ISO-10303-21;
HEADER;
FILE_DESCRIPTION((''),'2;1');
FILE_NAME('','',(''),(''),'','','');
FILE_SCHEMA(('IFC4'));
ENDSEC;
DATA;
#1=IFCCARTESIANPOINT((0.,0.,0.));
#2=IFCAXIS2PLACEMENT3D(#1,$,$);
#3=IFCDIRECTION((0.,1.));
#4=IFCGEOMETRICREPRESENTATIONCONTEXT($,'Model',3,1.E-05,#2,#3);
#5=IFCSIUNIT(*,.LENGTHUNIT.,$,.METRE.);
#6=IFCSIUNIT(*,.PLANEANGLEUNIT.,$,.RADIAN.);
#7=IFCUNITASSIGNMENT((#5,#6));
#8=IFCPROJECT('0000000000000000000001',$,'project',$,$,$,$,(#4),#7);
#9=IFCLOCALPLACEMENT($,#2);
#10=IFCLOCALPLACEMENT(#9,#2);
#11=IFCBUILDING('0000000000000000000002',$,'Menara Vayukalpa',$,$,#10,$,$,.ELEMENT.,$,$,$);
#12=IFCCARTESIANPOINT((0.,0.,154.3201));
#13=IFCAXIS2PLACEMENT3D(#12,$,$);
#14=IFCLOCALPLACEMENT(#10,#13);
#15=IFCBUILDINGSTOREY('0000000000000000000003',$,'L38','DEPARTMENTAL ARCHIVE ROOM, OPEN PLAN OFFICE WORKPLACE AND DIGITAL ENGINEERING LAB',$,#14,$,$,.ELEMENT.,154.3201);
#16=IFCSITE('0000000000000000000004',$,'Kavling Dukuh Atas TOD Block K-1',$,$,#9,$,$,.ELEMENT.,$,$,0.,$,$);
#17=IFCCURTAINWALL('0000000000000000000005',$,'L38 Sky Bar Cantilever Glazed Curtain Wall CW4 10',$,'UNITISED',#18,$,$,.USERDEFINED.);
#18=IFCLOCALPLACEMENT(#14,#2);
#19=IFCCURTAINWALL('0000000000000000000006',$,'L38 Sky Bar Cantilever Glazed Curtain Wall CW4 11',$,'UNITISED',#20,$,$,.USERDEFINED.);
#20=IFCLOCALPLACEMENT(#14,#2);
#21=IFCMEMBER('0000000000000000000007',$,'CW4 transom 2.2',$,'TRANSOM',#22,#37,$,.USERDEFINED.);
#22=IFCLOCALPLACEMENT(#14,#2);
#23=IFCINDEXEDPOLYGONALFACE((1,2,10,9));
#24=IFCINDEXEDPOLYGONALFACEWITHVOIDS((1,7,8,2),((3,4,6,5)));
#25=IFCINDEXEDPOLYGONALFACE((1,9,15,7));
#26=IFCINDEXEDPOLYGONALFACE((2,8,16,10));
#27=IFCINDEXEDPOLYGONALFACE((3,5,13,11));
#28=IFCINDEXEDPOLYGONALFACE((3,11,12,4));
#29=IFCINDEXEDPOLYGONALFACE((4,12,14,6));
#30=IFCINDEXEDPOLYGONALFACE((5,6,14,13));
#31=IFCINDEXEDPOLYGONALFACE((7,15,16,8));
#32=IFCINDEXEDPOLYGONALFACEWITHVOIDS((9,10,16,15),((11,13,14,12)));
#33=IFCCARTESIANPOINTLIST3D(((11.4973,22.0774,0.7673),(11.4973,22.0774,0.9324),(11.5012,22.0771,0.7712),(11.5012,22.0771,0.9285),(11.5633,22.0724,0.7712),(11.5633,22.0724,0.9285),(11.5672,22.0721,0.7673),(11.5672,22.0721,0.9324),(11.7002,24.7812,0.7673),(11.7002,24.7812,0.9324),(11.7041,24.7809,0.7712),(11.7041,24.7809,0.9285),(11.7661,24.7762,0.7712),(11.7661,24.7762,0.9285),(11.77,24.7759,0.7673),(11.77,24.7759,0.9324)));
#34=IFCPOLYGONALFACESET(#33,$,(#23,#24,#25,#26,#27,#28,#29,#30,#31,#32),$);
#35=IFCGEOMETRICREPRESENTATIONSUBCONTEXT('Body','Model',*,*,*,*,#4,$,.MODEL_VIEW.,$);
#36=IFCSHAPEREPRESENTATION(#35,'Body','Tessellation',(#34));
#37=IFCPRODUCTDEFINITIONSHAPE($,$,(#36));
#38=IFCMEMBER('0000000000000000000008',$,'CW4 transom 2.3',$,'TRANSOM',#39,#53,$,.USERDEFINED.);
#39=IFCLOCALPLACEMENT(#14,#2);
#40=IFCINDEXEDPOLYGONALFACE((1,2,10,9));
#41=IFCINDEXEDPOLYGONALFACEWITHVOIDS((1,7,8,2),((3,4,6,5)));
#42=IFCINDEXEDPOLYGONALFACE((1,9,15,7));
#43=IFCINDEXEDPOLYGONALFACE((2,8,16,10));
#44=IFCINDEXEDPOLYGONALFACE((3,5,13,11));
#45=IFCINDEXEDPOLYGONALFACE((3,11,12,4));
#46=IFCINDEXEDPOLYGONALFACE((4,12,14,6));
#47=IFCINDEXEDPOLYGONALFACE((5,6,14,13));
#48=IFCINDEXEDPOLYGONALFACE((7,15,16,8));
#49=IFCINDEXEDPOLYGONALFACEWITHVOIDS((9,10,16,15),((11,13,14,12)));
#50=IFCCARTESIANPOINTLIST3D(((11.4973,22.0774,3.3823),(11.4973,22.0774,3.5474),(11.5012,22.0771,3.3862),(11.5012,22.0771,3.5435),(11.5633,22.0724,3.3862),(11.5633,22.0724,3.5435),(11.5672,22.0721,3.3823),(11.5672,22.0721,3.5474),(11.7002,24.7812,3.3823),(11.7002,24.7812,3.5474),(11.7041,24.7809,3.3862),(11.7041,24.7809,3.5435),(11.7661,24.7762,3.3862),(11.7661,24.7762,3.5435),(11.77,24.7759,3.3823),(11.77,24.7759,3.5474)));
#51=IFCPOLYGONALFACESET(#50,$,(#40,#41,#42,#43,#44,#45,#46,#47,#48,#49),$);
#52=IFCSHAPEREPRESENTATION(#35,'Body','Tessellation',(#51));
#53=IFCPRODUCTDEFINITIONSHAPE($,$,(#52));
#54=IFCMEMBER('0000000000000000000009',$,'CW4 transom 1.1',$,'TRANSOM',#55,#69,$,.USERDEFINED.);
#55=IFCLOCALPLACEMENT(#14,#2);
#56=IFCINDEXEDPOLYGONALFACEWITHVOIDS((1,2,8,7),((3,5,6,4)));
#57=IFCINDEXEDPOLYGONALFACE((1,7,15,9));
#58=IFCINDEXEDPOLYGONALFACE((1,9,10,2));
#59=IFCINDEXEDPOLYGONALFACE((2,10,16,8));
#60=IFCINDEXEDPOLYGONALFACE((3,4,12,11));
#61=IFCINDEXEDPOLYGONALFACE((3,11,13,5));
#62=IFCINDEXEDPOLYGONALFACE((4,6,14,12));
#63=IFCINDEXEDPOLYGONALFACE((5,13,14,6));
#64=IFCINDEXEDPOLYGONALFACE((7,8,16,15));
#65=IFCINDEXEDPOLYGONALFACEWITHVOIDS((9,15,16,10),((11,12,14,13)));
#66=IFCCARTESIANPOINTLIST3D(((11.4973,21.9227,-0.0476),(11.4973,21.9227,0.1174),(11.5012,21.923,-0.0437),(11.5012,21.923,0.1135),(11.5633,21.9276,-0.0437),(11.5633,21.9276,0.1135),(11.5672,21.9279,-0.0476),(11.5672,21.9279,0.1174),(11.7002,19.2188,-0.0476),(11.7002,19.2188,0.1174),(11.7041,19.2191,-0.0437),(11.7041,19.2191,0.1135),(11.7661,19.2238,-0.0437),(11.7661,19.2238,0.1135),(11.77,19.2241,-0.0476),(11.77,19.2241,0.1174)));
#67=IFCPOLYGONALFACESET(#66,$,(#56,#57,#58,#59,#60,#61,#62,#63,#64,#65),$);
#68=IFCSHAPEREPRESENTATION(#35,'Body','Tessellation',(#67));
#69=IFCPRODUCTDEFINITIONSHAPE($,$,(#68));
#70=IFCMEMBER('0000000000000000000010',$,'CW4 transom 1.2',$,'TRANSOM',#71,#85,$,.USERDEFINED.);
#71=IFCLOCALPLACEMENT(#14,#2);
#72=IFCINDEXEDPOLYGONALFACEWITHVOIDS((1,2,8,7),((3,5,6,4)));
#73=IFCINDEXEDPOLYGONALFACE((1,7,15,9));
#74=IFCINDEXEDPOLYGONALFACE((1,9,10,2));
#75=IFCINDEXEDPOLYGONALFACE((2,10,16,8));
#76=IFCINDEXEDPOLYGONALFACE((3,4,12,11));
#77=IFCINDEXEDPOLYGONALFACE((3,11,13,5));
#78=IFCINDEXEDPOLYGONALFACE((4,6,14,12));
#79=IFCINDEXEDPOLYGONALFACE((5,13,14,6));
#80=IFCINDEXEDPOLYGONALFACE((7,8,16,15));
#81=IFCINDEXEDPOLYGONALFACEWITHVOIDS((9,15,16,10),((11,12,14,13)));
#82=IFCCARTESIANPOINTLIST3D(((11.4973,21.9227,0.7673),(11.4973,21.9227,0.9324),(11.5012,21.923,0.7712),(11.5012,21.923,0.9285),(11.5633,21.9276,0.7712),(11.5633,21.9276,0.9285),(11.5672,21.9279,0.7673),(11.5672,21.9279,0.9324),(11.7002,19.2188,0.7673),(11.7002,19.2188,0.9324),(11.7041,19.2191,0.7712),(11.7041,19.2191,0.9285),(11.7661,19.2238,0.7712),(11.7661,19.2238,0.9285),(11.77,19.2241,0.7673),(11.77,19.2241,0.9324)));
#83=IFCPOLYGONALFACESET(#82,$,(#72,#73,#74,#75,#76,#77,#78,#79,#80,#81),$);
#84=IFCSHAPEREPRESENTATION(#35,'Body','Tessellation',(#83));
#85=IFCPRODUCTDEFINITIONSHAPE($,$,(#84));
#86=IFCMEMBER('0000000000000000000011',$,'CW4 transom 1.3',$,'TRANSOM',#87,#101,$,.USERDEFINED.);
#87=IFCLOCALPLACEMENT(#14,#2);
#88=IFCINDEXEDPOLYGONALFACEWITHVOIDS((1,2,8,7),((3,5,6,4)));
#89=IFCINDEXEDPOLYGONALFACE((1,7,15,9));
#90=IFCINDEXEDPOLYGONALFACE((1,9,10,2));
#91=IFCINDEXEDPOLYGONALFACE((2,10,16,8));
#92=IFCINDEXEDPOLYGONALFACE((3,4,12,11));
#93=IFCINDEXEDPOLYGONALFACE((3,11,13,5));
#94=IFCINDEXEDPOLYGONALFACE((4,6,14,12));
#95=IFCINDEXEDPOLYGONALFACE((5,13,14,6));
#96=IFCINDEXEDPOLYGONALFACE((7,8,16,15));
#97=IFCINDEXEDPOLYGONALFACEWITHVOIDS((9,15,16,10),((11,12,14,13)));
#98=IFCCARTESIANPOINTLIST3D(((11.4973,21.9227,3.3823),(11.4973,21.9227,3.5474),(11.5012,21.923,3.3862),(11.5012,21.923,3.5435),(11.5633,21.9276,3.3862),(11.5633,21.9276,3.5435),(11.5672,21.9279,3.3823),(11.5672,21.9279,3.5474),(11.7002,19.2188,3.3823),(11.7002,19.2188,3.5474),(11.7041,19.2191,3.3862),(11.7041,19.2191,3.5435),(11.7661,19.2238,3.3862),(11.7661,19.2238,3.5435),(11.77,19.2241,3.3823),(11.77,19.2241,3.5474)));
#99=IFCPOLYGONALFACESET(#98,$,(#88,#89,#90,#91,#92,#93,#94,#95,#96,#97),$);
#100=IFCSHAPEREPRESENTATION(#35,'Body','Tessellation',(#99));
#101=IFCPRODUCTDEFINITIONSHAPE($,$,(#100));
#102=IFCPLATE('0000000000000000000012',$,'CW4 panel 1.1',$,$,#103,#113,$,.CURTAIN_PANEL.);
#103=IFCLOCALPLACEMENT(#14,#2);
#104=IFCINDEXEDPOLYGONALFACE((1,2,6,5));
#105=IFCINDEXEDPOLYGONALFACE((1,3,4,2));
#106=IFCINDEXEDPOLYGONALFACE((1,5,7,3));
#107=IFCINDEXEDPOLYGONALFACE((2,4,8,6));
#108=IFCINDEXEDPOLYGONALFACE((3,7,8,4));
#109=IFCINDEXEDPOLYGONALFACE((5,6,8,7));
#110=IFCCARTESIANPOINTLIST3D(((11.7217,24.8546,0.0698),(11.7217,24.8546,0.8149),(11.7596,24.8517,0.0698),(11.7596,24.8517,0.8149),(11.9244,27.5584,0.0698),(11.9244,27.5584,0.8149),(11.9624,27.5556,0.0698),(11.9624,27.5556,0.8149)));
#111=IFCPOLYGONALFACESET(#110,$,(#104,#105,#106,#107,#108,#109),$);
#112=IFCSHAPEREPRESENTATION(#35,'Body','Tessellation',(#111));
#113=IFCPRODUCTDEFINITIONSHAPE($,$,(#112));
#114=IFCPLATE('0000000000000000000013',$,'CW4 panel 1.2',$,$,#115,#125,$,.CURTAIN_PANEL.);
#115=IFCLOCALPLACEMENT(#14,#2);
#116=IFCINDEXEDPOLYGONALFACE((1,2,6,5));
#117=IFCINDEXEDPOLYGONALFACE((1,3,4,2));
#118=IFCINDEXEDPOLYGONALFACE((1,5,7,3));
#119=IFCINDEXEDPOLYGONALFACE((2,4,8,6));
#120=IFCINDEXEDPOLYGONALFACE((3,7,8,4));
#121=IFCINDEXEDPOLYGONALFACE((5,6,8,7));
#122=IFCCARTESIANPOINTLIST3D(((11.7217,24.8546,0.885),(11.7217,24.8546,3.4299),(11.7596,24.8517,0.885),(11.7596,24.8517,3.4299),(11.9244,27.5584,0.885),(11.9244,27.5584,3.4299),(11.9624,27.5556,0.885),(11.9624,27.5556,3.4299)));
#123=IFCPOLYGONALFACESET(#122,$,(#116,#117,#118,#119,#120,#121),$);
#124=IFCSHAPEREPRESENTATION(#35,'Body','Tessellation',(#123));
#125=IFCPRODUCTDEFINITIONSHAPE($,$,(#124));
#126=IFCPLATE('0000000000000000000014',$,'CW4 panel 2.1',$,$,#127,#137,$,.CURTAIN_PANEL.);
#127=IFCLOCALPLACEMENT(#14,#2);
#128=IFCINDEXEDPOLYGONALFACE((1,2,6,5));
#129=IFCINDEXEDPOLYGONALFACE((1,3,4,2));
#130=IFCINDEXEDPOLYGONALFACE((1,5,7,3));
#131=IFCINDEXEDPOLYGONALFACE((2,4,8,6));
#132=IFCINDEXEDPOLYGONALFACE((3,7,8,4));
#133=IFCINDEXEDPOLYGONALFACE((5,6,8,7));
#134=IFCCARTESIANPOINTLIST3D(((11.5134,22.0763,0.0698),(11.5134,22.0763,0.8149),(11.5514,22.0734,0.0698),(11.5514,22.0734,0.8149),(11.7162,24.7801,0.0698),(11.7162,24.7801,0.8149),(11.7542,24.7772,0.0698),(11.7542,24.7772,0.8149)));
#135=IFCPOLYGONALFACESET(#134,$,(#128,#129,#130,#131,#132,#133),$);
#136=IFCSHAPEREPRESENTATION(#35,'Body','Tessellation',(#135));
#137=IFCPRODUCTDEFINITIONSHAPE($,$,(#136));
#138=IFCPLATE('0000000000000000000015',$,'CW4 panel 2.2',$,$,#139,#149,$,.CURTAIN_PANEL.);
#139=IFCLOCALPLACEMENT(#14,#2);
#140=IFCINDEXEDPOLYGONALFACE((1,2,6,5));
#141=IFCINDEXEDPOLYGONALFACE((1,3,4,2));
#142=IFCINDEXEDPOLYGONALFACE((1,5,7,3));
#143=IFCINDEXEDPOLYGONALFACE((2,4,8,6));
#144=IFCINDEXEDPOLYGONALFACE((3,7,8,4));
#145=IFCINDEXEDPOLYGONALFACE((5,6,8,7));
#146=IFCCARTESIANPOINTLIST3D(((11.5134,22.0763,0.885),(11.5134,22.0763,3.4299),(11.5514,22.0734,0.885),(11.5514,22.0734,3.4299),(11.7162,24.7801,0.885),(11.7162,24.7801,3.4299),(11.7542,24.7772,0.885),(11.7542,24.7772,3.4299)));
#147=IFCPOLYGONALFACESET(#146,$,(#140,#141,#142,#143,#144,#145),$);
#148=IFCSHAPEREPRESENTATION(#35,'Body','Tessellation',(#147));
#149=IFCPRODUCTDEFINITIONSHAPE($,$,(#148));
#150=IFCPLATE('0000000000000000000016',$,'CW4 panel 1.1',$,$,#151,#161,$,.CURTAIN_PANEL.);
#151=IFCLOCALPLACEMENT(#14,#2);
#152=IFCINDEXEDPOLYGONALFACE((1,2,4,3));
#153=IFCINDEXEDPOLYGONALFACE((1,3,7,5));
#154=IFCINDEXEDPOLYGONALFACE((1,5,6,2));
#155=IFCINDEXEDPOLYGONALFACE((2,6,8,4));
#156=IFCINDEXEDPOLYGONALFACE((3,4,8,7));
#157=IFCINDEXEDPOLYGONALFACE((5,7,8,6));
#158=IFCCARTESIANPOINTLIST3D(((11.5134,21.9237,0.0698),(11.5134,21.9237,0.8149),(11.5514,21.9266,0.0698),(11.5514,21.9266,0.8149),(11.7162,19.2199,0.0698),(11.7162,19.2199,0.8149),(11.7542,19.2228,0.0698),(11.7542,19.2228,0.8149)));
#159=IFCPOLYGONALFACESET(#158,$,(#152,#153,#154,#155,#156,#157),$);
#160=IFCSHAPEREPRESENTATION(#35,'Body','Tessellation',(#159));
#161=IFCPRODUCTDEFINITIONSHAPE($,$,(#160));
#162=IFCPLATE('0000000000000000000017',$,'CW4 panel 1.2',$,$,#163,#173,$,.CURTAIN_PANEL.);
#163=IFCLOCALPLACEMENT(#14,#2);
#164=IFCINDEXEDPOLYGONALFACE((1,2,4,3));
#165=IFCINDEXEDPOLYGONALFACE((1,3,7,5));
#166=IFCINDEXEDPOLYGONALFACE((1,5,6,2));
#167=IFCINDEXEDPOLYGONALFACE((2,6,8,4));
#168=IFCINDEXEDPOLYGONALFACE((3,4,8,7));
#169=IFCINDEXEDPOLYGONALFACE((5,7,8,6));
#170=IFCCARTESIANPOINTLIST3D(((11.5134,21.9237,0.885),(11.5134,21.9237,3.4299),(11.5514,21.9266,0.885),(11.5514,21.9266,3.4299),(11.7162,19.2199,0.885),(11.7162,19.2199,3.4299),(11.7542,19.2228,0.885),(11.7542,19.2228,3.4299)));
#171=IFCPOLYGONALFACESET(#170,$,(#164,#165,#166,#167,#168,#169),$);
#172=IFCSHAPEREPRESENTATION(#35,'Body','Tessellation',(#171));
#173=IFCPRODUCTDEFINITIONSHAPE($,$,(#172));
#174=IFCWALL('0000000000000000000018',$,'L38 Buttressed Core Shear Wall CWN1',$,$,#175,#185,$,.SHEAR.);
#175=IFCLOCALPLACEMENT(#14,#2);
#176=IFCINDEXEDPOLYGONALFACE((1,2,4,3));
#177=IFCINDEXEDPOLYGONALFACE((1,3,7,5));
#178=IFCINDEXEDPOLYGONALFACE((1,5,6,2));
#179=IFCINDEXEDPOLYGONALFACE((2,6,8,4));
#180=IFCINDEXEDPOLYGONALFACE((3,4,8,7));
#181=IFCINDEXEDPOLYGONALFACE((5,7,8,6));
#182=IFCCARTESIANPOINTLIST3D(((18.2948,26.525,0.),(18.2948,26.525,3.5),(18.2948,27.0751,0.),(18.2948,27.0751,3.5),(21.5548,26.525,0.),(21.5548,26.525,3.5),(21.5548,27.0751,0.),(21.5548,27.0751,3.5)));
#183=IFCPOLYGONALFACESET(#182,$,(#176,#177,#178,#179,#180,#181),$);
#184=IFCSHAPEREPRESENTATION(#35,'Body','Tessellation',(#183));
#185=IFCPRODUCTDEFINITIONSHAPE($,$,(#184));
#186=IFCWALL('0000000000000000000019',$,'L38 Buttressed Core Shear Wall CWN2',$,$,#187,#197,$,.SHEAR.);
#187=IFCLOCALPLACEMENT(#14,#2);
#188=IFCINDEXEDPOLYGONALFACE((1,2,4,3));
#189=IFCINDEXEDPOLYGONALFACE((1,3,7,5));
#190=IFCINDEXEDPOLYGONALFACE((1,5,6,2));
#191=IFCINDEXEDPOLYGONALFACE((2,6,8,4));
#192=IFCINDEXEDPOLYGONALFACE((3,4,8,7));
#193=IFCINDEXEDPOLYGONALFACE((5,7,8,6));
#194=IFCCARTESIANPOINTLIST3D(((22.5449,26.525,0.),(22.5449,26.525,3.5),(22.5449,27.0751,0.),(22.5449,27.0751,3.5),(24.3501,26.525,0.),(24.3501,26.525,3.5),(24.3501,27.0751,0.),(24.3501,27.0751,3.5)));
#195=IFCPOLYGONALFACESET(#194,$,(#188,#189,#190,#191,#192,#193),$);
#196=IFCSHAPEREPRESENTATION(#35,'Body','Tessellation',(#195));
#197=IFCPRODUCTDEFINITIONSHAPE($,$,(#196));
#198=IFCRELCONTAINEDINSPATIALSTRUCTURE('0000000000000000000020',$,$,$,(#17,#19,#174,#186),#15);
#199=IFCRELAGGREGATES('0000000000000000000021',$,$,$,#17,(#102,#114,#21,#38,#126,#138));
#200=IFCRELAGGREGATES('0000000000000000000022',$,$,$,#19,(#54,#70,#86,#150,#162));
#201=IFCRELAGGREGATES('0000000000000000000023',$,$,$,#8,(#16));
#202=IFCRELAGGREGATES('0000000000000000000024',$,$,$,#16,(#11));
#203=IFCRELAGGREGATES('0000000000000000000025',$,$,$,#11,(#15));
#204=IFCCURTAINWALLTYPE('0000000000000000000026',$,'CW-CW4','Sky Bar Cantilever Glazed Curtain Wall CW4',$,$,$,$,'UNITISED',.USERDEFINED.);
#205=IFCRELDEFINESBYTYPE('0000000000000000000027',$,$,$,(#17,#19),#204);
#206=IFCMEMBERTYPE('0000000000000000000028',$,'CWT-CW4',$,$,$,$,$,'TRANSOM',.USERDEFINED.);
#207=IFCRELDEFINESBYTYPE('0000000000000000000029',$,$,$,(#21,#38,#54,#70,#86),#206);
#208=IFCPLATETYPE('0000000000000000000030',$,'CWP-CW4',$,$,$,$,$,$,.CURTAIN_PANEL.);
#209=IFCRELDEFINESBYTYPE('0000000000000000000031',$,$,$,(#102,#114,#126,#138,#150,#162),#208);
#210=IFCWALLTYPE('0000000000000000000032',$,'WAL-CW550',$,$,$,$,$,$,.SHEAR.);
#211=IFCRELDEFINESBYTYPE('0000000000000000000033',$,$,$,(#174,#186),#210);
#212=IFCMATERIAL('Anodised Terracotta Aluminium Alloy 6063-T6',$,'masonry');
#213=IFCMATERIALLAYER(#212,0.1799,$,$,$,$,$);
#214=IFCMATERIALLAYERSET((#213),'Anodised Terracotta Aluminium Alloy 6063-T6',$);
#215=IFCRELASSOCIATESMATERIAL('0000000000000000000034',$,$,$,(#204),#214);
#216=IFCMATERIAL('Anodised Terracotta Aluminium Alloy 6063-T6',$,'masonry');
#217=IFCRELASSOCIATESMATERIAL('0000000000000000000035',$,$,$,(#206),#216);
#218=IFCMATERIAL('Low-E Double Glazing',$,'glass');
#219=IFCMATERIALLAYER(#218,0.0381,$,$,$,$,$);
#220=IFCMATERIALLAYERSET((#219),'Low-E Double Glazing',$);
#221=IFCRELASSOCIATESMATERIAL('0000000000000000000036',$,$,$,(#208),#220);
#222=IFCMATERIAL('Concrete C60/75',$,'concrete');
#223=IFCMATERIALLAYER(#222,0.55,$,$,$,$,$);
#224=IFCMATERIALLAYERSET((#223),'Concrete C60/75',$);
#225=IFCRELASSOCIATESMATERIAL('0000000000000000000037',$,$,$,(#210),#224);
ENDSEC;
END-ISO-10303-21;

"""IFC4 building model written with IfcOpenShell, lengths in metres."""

from ifc_helpers import new_model, si_unit, direction, frame, frame_2d, origin, origin_2d, place, context, subcontext, project, spatial, rectangle, hollow_rectangle, extrude, material, layer, layer_set, material_profile, profile_set, type_object, element, aggregate, save


model = new_model("IFC4")

# Units and contexts
model_context = context("Model", 3, precision=1e-05, world=origin(), true_north=direction((0.0, 1.0)))
body_context = subcontext(model_context, "Body", "Model", "MODEL_VIEW")
ifc_project = project(units=[si_unit("LENGTHUNIT", "METRE"), si_unit("PLANEANGLEUNIT", "RADIAN")], contexts=[model_context])

# Site, building, storey
site_placement = place(None, origin())
site = spatial("IfcSite", under=ifc_project, at=site_placement, Name="Kavling Dukuh Atas TOD Block K-1", CompositionType="ELEMENT", RefElevation=0.0)
building_placement = place(site_placement, origin())
building = spatial("IfcBuilding", under=site, at=building_placement, Name="Menara Vayukalpa", CompositionType="ELEMENT")
storey_placement = place(building_placement, frame((0.0, 0.0, 154.3201)))
storey = spatial("IfcBuildingStorey", under=building, at=storey_placement, Name="L38", Description="DEPARTMENTAL ARCHIVE ROOM, OPEN PLAN OFFICE WORKPLACE AND DIGITAL ENGINEERING LAB", CompositionType="ELEMENT", Elevation=154.3201)

# Curtain wall
ifc_material_1 = material(Name="Anodised Terracotta Aluminium Alloy 6063-T6", Category="masonry")
ifc_layer_1 = layer(ifc_material_1, 0.1799)
ifc_layer_set_1 = layer_set([ifc_layer_1], Name="Anodised Terracotta Aluminium Alloy 6063-T6")
curtain_wall_type = type_object("IfcCurtainWallType", Name="CW-CW4", Description="Sky Bar Cantilever Glazed Curtain Wall CW4", ElementType="UNITISED", PredefinedType="USERDEFINED", material=ifc_layer_set_1)
curtain_wall_1_placement = place(storey_placement, origin())
curtain_wall_1 = element("IfcCurtainWall", 1, at=curtain_wall_1_placement, inside=storey, type_object=curtain_wall_type, Name="L38 Sky Bar Cantilever Glazed Curtain Wall CW4 10", ObjectType="UNITISED", PredefinedType="USERDEFINED")

# Curtain wall
curtain_wall_2_placement = place(storey_placement, origin())
curtain_wall_2 = element("IfcCurtainWall", 2, at=curtain_wall_2_placement, inside=storey, type_object=curtain_wall_type, Name="L38 Sky Bar Cantilever Glazed Curtain Wall CW4 11", ObjectType="UNITISED", PredefinedType="USERDEFINED")

# Members
ifc_material_2 = material(Name="Anodised Terracotta Aluminium Alloy 6063-T6", Category="masonry")
ifc_material_profile_1 = material_profile(ifc_material_2, hollow_rectangle(XDim=0.0701, YDim=0.165, WallThickness=0.0039, at=origin_2d()), Name="ALU 70x165x4")
ifc_profile_set_1 = profile_set([ifc_material_profile_1], Name="Anodised Terracotta Aluminium Alloy 6063-T6")
member_type_1 = type_object("IfcMemberType", Name="CWT-CW4", ElementType="TRANSOM", PredefinedType="USERDEFINED", material=ifc_profile_set_1)
member_1_placement = place(storey_placement, frame((11.7351, 24.7786, 0.8499), z_axis=(-0.074824, -0.997197, 0.0), x_axis=(0.997197, -0.074824, 0.0)))
member_1 = element("IfcMember", 3, at=member_1_placement, type_object=member_type_1, Name="CW4 transom 2.2", ObjectType="TRANSOM", PredefinedType="USERDEFINED", context=body_context, shape_type="SweptSolid", body=[
    extrude(hollow_rectangle(XDim=0.0701, YDim=0.165, WallThickness=0.0039, at=origin_2d()), origin(), (0.0, 0.0, 1.0), 2.7114),
])
member_2_placement = place(storey_placement, frame((11.7351, 24.7786, 3.4648), z_axis=(-0.074824, -0.997197, 0.0), x_axis=(0.997197, -0.074824, 0.0)))
member_2 = element("IfcMember", 4, at=member_2_placement, type_object=member_type_1, Name="CW4 transom 2.3", ObjectType="TRANSOM", PredefinedType="USERDEFINED", context=body_context, shape_type="SweptSolid", body=[
    extrude(hollow_rectangle(XDim=0.0701, YDim=0.165, WallThickness=0.0039, at=origin_2d()), origin(), (0.0, 0.0, 1.0), 2.7114),
])
member_3_placement = place(storey_placement, frame((11.5322, 21.9253, 0.0349), z_axis=(0.074824, -0.997197, 0.0), x_axis=(0.997197, 0.074824, 0.0)))
member_3 = element("IfcMember", 5, at=member_3_placement, type_object=member_type_1, Name="CW4 transom 1.1", ObjectType="TRANSOM", PredefinedType="USERDEFINED", context=body_context, shape_type="SweptSolid", body=[
    extrude(hollow_rectangle(XDim=0.0701, YDim=0.165, WallThickness=0.0039, at=origin_2d()), origin(), (0.0, 0.0, 1.0), 2.7114),
])
member_4_placement = place(storey_placement, frame((11.5322, 21.9253, 0.8499), z_axis=(0.074824, -0.997197, 0.0), x_axis=(0.997197, 0.074824, 0.0)))
member_4 = element("IfcMember", 6, at=member_4_placement, type_object=member_type_1, Name="CW4 transom 1.2", ObjectType="TRANSOM", PredefinedType="USERDEFINED", context=body_context, shape_type="SweptSolid", body=[
    extrude(hollow_rectangle(XDim=0.0701, YDim=0.165, WallThickness=0.0039, at=origin_2d()), origin(), (0.0, 0.0, 1.0), 2.7114),
])
member_5_placement = place(storey_placement, frame((11.5322, 21.9253, 3.4648), z_axis=(0.074824, -0.997197, 0.0), x_axis=(0.997197, 0.074824, 0.0)))
member_5 = element("IfcMember", 7, at=member_5_placement, type_object=member_type_1, Name="CW4 transom 1.3", ObjectType="TRANSOM", PredefinedType="USERDEFINED", context=body_context, shape_type="SweptSolid", body=[
    extrude(hollow_rectangle(XDim=0.0701, YDim=0.165, WallThickness=0.0039, at=origin_2d()), origin(), (0.0, 0.0, 1.0), 2.7114),
])

# Plates
ifc_material_3 = material(Name="Low-E Double Glazing", Category="glass")
ifc_layer_2 = layer(ifc_material_3, 0.0381)
ifc_layer_set_2 = layer_set([ifc_layer_2], Name="Low-E Double Glazing")
plate_type = type_object("IfcPlateType", Name="CWP-CW4", PredefinedType="CURTAIN_PANEL", material=ifc_layer_set_2)
plate_1_placement = place(storey_placement, frame((11.842, 26.2051, 0.0698), z_axis=(0.0, 0.0, 1.0), x_axis=(-0.074793, -0.997199, 0.0)))
plate_1 = element("IfcPlate", 8, at=plate_1_placement, type_object=plate_type, Name="CW4 panel 1.1", PredefinedType="CURTAIN_PANEL", context=body_context, shape_type="SweptSolid", body=[
    extrude(rectangle(XDim=2.7114, YDim=0.0381, at=origin_2d()), origin(), (0.0, 0.0, 1.0), 0.7451),
])
plate_2_placement = place(storey_placement, frame((11.842, 26.2051, 0.885), z_axis=(0.0, 0.0, 1.0), x_axis=(-0.074793, -0.997199, 0.0)))
plate_2 = element("IfcPlate", 9, at=plate_2_placement, type_object=plate_type, Name="CW4 panel 1.2", PredefinedType="CURTAIN_PANEL", context=body_context, shape_type="SweptSolid", body=[
    extrude(rectangle(XDim=2.7114, YDim=0.0381, at=origin_2d()), origin(), (0.0, 0.0, 1.0), 2.5449),
])
plate_3_placement = place(storey_placement, frame((11.6338, 23.4268, 0.0698), z_axis=(0.0, 0.0, 1.0), x_axis=(-0.074793, -0.997199, 0.0)))
plate_3 = element("IfcPlate", 10, at=plate_3_placement, type_object=plate_type, Name="CW4 panel 2.1", PredefinedType="CURTAIN_PANEL", context=body_context, shape_type="SweptSolid", body=[
    extrude(rectangle(XDim=2.7114, YDim=0.0381, at=origin_2d()), origin(), (0.0, 0.0, 1.0), 0.7451),
])
plate_4_placement = place(storey_placement, frame((11.6338, 23.4268, 0.885), z_axis=(0.0, 0.0, 1.0), x_axis=(-0.074793, -0.997199, 0.0)))
plate_4 = element("IfcPlate", 11, at=plate_4_placement, type_object=plate_type, Name="CW4 panel 2.2", PredefinedType="CURTAIN_PANEL", context=body_context, shape_type="SweptSolid", body=[
    extrude(rectangle(XDim=2.7114, YDim=0.0381, at=origin_2d()), origin(), (0.0, 0.0, 1.0), 2.5449),
])
aggregate(curtain_wall_1, [plate_1, plate_2, member_1, member_2, plate_3, plate_4])
plate_5_placement = place(storey_placement, frame((11.6338, 20.5732, 0.0698), z_axis=(0.0, 0.0, 1.0), x_axis=(0.074793, -0.997199, 0.0)))
plate_5 = element("IfcPlate", 12, at=plate_5_placement, type_object=plate_type, Name="CW4 panel 1.1", PredefinedType="CURTAIN_PANEL", context=body_context, shape_type="SweptSolid", body=[
    extrude(rectangle(XDim=2.7114, YDim=0.0381, at=origin_2d()), origin(), (0.0, 0.0, 1.0), 0.7451),
])
plate_6_placement = place(storey_placement, frame((11.6338, 20.5732, 0.885), z_axis=(0.0, 0.0, 1.0), x_axis=(0.074793, -0.997199, 0.0)))
plate_6 = element("IfcPlate", 13, at=plate_6_placement, type_object=plate_type, Name="CW4 panel 1.2", PredefinedType="CURTAIN_PANEL", context=body_context, shape_type="SweptSolid", body=[
    extrude(rectangle(XDim=2.7114, YDim=0.0381, at=origin_2d()), origin(), (0.0, 0.0, 1.0), 2.5449),
])
aggregate(curtain_wall_2, [member_3, member_4, member_5, plate_5, plate_6])

# Walls
ifc_material_4 = material(Name="Concrete C60/75", Category="concrete")
ifc_layer_3 = layer(ifc_material_4, 0.55)
ifc_layer_set_3 = layer_set([ifc_layer_3], Name="Concrete C60/75")
wall_type_1 = type_object("IfcWallType", Name="WAL-CW550", PredefinedType="SHEAR", material=ifc_layer_set_3)
wall_1_placement = place(storey_placement, frame((18.2949, 26.8, 0.0), z_axis=(0.0, 0.0, 1.0), x_axis=(1.0, 0.0, 0.0)))
element("IfcWall", 14, at=wall_1_placement, inside=storey, type_object=wall_type_1, Name="L38 Buttressed Core Shear Wall CWN1", PredefinedType="SHEAR", context=body_context, shape_type="SweptSolid", body=[
    extrude(rectangle(XDim=3.26, YDim=0.55, at=frame_2d((1.6299, 0.0))), origin(), (0.0, 0.0, 1.0), 3.5),
])
wall_2_placement = place(storey_placement, frame((22.5449, 26.8, 0.0), z_axis=(0.0, 0.0, 1.0), x_axis=(1.0, 0.0, 0.0)))
element("IfcWall", 15, at=wall_2_placement, inside=storey, type_object=wall_type_1, Name="L38 Buttressed Core Shear Wall CWN2", PredefinedType="SHEAR", context=body_context, shape_type="SweptSolid", body=[
    extrude(rectangle(XDim=1.8052, YDim=0.55, at=frame_2d((0.9026, 0.0))), origin(), (0.0, 0.0, 1.0), 3.5),
])

save(model, "model.ifc")
